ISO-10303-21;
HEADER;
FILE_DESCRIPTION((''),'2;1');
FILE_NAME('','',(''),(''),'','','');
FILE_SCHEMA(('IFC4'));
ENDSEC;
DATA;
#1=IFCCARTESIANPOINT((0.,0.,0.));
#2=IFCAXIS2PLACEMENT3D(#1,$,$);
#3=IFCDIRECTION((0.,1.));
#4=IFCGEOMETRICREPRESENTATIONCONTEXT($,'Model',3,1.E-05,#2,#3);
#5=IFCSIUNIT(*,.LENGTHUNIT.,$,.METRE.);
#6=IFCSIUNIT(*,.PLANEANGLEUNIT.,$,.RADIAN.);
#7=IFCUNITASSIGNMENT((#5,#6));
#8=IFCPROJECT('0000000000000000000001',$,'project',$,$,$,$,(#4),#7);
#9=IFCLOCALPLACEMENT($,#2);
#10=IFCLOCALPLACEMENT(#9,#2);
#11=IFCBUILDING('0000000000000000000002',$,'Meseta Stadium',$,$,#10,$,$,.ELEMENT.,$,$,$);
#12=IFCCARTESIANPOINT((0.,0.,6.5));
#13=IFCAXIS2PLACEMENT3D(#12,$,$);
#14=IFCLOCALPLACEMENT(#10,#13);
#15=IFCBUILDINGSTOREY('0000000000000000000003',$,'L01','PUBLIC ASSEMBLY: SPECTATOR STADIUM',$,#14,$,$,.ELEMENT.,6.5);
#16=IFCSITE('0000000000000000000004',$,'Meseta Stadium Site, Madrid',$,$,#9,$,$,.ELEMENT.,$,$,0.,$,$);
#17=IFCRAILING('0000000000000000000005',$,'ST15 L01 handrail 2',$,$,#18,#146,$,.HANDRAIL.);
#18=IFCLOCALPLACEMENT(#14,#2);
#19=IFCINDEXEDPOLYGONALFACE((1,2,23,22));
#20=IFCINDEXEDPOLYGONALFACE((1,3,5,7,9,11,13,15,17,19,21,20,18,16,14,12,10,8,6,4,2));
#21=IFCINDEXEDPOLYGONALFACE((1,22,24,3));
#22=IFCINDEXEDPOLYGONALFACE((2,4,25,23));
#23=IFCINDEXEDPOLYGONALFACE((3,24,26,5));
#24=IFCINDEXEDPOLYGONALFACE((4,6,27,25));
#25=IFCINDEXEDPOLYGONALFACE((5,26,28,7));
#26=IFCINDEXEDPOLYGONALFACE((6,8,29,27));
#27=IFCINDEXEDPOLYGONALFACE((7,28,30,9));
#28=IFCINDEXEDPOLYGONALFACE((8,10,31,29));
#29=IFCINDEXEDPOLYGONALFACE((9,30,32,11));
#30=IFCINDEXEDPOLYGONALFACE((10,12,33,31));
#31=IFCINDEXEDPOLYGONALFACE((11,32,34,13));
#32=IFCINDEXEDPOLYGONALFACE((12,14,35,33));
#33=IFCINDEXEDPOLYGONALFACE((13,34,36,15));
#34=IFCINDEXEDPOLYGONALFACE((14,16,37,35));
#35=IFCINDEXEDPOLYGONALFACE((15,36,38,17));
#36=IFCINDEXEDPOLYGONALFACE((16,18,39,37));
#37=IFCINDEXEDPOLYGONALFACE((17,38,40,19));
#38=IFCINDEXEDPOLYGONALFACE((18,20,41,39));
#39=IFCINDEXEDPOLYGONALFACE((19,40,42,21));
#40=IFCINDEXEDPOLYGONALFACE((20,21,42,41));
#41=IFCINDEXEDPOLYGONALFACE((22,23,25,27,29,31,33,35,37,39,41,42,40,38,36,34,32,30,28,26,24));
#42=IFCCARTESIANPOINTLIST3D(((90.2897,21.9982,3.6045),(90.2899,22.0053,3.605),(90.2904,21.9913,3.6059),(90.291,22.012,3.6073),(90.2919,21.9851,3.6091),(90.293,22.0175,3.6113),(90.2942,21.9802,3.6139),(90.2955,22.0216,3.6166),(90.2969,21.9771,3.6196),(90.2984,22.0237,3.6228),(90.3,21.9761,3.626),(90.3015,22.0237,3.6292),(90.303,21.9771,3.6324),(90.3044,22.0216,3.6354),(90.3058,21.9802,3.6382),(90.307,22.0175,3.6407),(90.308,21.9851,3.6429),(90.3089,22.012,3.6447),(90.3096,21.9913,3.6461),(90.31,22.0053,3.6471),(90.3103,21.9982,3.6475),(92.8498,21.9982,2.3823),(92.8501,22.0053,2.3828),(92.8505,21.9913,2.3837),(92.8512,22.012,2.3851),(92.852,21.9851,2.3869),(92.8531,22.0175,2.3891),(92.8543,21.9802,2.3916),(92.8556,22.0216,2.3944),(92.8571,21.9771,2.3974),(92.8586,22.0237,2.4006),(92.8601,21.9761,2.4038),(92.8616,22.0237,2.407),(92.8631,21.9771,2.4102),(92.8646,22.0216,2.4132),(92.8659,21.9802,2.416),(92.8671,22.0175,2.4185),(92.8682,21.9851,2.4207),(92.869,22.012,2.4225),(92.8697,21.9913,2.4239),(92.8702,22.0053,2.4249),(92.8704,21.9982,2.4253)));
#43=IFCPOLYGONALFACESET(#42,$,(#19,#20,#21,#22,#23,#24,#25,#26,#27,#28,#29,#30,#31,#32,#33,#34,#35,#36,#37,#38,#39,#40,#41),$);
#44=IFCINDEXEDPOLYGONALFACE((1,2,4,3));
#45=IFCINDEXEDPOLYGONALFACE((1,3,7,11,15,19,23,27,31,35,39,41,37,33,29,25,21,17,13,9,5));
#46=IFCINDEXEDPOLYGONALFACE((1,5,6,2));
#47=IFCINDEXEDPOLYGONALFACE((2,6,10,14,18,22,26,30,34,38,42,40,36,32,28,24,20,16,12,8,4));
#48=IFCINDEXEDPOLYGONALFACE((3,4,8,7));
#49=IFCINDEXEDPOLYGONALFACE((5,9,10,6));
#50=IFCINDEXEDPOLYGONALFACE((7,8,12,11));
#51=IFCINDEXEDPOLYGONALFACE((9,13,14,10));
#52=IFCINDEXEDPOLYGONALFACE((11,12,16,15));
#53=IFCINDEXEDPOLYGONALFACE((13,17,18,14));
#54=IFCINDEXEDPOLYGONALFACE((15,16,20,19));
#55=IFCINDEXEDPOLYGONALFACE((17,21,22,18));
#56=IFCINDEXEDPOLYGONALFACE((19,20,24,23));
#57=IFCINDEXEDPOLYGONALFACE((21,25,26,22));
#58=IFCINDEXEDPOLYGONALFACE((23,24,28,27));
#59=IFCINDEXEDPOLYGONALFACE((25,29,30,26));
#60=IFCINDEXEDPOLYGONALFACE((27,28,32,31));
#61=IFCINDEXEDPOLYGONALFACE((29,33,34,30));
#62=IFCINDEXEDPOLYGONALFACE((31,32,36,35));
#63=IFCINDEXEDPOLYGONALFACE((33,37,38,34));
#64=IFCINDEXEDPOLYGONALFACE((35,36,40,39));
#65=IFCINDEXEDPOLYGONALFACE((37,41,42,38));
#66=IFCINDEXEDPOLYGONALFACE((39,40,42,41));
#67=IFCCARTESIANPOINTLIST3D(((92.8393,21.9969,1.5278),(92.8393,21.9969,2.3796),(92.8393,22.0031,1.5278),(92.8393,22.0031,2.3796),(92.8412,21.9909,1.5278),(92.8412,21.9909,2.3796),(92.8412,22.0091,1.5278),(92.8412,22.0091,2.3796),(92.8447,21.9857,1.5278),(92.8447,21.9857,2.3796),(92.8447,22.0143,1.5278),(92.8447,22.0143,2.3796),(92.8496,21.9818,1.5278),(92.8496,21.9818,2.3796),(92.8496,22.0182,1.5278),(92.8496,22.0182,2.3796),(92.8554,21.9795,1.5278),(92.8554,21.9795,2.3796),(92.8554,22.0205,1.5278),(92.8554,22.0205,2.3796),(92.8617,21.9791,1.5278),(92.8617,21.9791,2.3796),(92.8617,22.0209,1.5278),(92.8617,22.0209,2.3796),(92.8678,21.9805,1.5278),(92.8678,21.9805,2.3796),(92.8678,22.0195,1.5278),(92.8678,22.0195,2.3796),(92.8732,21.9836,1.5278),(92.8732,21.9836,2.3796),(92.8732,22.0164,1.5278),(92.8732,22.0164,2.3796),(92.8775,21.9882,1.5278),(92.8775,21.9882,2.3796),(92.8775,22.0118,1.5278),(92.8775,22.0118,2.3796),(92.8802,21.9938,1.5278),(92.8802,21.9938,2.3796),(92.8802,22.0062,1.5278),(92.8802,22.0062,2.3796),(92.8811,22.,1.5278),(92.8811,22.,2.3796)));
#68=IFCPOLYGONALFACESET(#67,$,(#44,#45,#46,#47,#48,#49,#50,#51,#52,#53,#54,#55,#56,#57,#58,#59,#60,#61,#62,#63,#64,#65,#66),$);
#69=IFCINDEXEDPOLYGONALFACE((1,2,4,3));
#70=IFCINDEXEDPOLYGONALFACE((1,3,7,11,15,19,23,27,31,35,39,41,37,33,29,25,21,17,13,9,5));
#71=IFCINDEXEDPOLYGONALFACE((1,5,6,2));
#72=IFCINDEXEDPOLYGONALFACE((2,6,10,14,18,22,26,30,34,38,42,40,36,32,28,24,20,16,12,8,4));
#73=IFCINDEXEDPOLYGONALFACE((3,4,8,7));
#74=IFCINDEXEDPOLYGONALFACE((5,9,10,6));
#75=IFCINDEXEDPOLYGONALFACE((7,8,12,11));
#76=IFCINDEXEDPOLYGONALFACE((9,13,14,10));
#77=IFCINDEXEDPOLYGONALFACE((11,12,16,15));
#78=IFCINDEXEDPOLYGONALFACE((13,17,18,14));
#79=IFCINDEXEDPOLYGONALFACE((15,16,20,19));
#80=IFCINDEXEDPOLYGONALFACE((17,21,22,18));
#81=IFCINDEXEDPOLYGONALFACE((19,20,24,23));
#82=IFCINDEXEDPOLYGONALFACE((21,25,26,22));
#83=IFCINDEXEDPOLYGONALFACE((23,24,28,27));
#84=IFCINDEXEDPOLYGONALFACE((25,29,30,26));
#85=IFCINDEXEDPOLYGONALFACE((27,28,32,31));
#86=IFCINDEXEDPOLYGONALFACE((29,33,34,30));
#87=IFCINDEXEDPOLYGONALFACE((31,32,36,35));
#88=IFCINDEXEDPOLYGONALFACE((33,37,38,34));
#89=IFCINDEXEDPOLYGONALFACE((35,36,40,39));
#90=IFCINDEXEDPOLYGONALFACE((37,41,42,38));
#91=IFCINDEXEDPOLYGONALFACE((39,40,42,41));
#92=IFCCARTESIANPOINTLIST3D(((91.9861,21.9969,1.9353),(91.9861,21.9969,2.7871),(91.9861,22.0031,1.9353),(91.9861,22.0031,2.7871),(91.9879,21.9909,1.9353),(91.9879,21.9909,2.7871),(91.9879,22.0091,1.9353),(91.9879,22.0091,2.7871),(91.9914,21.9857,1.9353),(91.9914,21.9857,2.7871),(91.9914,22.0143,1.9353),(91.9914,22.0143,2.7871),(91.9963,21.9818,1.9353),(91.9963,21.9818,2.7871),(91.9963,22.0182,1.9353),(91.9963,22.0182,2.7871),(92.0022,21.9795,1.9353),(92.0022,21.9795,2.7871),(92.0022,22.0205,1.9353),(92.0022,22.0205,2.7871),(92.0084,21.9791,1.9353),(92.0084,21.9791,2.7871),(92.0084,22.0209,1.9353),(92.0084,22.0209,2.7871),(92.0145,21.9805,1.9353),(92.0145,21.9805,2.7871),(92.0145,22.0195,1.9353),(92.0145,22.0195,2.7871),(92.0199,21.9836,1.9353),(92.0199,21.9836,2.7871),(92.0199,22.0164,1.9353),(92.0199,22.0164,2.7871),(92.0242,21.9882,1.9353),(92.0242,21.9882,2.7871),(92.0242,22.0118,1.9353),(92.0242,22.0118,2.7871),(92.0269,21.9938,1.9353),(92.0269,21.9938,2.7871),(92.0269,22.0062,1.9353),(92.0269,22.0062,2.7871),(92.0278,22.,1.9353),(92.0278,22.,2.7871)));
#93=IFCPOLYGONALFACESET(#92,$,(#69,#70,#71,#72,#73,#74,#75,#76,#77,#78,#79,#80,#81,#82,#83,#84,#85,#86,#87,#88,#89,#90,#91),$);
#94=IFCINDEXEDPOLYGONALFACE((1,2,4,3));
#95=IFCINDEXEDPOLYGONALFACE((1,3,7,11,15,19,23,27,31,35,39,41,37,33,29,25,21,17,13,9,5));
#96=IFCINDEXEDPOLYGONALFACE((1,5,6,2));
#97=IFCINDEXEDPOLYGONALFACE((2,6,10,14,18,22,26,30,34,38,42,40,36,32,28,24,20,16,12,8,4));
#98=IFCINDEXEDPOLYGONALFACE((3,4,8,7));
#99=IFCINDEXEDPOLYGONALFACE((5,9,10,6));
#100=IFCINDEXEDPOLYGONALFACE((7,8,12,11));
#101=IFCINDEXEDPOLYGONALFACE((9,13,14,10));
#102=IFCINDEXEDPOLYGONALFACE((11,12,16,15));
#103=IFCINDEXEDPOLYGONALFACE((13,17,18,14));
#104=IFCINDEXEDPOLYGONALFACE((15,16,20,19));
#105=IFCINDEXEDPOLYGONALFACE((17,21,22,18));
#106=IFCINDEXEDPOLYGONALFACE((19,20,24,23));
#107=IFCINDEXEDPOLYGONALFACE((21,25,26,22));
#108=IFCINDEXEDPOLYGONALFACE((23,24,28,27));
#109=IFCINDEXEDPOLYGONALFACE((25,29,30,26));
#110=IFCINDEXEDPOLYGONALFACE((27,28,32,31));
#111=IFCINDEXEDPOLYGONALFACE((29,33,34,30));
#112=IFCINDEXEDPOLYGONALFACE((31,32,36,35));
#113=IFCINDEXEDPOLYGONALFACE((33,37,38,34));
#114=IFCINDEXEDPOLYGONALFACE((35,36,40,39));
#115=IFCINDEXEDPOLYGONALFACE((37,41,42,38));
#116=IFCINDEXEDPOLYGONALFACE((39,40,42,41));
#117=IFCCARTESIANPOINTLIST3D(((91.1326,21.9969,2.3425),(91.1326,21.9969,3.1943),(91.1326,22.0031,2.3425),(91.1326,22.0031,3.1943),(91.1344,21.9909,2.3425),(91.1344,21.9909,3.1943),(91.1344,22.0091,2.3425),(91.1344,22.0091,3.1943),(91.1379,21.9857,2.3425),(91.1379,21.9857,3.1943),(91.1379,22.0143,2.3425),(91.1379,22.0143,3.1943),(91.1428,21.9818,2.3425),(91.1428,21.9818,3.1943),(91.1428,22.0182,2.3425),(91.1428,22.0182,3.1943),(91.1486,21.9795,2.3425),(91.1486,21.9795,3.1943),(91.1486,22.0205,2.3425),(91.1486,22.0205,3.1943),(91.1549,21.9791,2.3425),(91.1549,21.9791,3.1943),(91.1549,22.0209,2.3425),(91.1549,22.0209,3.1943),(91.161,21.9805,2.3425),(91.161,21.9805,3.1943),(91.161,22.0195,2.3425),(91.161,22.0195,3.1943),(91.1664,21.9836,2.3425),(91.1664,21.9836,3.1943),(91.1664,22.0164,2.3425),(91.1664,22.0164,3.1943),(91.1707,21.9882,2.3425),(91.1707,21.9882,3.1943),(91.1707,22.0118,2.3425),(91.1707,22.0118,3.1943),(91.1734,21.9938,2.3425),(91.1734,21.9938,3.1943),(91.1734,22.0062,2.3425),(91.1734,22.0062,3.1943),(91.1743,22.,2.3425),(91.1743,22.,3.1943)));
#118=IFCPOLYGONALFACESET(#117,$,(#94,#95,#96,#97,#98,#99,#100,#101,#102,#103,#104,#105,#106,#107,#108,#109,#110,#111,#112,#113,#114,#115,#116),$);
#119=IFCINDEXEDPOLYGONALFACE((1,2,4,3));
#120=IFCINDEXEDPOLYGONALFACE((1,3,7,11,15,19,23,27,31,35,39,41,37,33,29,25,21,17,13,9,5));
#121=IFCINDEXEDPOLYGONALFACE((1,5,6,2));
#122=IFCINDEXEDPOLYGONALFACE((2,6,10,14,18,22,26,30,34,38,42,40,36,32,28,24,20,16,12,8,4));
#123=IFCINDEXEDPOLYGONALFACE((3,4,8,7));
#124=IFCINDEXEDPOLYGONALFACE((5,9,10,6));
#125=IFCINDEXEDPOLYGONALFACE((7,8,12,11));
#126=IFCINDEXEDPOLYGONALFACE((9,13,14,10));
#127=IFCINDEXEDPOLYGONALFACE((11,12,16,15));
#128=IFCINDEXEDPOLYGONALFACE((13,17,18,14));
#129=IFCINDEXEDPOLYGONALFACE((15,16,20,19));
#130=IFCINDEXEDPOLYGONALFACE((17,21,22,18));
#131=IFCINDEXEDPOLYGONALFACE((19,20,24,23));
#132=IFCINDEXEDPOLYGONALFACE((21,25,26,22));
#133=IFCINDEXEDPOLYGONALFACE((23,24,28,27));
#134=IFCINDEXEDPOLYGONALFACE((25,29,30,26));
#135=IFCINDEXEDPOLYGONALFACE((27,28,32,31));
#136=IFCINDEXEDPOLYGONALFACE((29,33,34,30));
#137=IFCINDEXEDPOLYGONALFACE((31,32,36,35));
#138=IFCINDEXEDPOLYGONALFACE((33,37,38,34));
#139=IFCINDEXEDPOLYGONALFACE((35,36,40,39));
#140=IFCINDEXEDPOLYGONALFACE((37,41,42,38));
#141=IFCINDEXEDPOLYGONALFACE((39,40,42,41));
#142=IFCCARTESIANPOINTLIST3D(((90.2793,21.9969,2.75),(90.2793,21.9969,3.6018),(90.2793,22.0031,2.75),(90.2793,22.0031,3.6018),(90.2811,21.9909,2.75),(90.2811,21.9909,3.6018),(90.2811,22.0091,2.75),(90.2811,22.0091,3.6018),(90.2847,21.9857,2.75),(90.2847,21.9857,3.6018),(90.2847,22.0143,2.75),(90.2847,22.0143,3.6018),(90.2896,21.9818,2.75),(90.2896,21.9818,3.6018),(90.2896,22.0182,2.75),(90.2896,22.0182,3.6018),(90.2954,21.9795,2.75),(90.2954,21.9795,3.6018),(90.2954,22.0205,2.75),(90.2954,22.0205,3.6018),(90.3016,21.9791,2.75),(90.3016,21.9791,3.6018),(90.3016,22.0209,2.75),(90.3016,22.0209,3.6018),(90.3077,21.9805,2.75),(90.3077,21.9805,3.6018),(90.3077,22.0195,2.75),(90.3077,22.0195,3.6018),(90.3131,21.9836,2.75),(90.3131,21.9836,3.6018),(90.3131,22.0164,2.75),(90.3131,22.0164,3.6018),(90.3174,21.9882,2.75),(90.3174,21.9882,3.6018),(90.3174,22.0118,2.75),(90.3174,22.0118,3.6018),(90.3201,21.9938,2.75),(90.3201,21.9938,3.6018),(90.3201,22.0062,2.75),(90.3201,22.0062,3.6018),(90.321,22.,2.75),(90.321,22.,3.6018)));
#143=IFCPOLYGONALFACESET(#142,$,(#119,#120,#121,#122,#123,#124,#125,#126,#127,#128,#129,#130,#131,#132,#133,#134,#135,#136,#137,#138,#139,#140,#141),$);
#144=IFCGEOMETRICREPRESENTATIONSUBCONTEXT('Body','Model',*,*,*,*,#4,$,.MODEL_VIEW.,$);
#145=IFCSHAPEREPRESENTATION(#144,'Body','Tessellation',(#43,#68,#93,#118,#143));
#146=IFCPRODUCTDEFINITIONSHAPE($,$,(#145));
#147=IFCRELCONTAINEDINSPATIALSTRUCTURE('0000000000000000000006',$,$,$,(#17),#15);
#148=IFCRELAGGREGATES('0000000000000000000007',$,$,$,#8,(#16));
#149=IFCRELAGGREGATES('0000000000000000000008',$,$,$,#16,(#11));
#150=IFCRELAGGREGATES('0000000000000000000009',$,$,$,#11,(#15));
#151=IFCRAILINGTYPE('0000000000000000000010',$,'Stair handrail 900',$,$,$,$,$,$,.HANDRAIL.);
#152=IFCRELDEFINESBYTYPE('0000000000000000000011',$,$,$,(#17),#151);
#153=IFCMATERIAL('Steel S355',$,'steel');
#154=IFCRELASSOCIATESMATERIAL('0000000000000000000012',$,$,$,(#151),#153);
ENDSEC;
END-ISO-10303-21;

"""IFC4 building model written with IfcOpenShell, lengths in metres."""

from ifc_helpers import new_model, si_unit, direction, frame, origin, origin_2d, place, context, subcontext, project, spatial, circle, extrude, material, type_object, element, save


model = new_model("IFC4")

# Units and contexts
model_context = context("Model", 3, precision=1e-05, world=origin(), true_north=direction((0.0, 1.0)))
body_context = subcontext(model_context, "Body", "Model", "MODEL_VIEW")
ifc_project = project(units=[si_unit("LENGTHUNIT", "METRE"), si_unit("PLANEANGLEUNIT", "RADIAN")], contexts=[model_context])

# Site, building, storey
site_placement = place(None, origin())
site = spatial("IfcSite", under=ifc_project, at=site_placement, Name="Meseta Stadium Site, Madrid", CompositionType="ELEMENT", RefElevation=0.0)
building_placement = place(site_placement, origin())
building = spatial("IfcBuilding", under=site, at=building_placement, Name="Meseta Stadium", CompositionType="ELEMENT")
storey_placement = place(building_placement, frame((0.0, 0.0, 6.5)))
storey = spatial("IfcBuildingStorey", under=building, at=storey_placement, Name="L01", Description="PUBLIC ASSEMBLY: SPECTATOR STADIUM", CompositionType="ELEMENT", Elevation=6.5)

# Railing
ifc_material_1 = material(Name="Steel S355", Category="steel")
railing_type_1 = type_object("IfcRailingType", Name="Stair handrail 900", PredefinedType="HANDRAIL", material=ifc_material_1)
for number, where, name in (
    (1, (92.8601, 22.0, 1.5278), "ST15 L01 handrail 2"),
):
    element("IfcRailing", number, at=place(storey_placement, frame(where)), inside=storey, type_object=railing_type_1, Name=name, PredefinedType="HANDRAIL", context=body_context, shape_type="SweptSolid", body=[
        extrude(circle(Radius=0.0239, at=origin_2d()), frame((0.0, 0.0, 0.876), z_axis=(-0.902437, 0.0, 0.430822), x_axis=(0.0, -1.0, 0.0)), (0.0, 0.0, 1.0), 2.8369),
        extrude(circle(Radius=0.021, at=origin_2d()), origin(), (0.0, 0.0, 1.0), 0.8518),
        extrude(circle(Radius=0.021, at=origin_2d()), frame((-0.8533, 0.0, 0.4075)), (0.0, 0.0, 1.0), 0.8518),
        extrude(circle(Radius=0.021, at=origin_2d()), frame((-1.7068, 0.0, 0.8147)), (0.0, 0.0, 1.0), 0.8518),
        extrude(circle(Radius=0.021, at=origin_2d()), frame((-2.5601, 0.0, 1.2222)), (0.0, 0.0, 1.0), 0.8518),
    ])

save(model, "model.ifc")
